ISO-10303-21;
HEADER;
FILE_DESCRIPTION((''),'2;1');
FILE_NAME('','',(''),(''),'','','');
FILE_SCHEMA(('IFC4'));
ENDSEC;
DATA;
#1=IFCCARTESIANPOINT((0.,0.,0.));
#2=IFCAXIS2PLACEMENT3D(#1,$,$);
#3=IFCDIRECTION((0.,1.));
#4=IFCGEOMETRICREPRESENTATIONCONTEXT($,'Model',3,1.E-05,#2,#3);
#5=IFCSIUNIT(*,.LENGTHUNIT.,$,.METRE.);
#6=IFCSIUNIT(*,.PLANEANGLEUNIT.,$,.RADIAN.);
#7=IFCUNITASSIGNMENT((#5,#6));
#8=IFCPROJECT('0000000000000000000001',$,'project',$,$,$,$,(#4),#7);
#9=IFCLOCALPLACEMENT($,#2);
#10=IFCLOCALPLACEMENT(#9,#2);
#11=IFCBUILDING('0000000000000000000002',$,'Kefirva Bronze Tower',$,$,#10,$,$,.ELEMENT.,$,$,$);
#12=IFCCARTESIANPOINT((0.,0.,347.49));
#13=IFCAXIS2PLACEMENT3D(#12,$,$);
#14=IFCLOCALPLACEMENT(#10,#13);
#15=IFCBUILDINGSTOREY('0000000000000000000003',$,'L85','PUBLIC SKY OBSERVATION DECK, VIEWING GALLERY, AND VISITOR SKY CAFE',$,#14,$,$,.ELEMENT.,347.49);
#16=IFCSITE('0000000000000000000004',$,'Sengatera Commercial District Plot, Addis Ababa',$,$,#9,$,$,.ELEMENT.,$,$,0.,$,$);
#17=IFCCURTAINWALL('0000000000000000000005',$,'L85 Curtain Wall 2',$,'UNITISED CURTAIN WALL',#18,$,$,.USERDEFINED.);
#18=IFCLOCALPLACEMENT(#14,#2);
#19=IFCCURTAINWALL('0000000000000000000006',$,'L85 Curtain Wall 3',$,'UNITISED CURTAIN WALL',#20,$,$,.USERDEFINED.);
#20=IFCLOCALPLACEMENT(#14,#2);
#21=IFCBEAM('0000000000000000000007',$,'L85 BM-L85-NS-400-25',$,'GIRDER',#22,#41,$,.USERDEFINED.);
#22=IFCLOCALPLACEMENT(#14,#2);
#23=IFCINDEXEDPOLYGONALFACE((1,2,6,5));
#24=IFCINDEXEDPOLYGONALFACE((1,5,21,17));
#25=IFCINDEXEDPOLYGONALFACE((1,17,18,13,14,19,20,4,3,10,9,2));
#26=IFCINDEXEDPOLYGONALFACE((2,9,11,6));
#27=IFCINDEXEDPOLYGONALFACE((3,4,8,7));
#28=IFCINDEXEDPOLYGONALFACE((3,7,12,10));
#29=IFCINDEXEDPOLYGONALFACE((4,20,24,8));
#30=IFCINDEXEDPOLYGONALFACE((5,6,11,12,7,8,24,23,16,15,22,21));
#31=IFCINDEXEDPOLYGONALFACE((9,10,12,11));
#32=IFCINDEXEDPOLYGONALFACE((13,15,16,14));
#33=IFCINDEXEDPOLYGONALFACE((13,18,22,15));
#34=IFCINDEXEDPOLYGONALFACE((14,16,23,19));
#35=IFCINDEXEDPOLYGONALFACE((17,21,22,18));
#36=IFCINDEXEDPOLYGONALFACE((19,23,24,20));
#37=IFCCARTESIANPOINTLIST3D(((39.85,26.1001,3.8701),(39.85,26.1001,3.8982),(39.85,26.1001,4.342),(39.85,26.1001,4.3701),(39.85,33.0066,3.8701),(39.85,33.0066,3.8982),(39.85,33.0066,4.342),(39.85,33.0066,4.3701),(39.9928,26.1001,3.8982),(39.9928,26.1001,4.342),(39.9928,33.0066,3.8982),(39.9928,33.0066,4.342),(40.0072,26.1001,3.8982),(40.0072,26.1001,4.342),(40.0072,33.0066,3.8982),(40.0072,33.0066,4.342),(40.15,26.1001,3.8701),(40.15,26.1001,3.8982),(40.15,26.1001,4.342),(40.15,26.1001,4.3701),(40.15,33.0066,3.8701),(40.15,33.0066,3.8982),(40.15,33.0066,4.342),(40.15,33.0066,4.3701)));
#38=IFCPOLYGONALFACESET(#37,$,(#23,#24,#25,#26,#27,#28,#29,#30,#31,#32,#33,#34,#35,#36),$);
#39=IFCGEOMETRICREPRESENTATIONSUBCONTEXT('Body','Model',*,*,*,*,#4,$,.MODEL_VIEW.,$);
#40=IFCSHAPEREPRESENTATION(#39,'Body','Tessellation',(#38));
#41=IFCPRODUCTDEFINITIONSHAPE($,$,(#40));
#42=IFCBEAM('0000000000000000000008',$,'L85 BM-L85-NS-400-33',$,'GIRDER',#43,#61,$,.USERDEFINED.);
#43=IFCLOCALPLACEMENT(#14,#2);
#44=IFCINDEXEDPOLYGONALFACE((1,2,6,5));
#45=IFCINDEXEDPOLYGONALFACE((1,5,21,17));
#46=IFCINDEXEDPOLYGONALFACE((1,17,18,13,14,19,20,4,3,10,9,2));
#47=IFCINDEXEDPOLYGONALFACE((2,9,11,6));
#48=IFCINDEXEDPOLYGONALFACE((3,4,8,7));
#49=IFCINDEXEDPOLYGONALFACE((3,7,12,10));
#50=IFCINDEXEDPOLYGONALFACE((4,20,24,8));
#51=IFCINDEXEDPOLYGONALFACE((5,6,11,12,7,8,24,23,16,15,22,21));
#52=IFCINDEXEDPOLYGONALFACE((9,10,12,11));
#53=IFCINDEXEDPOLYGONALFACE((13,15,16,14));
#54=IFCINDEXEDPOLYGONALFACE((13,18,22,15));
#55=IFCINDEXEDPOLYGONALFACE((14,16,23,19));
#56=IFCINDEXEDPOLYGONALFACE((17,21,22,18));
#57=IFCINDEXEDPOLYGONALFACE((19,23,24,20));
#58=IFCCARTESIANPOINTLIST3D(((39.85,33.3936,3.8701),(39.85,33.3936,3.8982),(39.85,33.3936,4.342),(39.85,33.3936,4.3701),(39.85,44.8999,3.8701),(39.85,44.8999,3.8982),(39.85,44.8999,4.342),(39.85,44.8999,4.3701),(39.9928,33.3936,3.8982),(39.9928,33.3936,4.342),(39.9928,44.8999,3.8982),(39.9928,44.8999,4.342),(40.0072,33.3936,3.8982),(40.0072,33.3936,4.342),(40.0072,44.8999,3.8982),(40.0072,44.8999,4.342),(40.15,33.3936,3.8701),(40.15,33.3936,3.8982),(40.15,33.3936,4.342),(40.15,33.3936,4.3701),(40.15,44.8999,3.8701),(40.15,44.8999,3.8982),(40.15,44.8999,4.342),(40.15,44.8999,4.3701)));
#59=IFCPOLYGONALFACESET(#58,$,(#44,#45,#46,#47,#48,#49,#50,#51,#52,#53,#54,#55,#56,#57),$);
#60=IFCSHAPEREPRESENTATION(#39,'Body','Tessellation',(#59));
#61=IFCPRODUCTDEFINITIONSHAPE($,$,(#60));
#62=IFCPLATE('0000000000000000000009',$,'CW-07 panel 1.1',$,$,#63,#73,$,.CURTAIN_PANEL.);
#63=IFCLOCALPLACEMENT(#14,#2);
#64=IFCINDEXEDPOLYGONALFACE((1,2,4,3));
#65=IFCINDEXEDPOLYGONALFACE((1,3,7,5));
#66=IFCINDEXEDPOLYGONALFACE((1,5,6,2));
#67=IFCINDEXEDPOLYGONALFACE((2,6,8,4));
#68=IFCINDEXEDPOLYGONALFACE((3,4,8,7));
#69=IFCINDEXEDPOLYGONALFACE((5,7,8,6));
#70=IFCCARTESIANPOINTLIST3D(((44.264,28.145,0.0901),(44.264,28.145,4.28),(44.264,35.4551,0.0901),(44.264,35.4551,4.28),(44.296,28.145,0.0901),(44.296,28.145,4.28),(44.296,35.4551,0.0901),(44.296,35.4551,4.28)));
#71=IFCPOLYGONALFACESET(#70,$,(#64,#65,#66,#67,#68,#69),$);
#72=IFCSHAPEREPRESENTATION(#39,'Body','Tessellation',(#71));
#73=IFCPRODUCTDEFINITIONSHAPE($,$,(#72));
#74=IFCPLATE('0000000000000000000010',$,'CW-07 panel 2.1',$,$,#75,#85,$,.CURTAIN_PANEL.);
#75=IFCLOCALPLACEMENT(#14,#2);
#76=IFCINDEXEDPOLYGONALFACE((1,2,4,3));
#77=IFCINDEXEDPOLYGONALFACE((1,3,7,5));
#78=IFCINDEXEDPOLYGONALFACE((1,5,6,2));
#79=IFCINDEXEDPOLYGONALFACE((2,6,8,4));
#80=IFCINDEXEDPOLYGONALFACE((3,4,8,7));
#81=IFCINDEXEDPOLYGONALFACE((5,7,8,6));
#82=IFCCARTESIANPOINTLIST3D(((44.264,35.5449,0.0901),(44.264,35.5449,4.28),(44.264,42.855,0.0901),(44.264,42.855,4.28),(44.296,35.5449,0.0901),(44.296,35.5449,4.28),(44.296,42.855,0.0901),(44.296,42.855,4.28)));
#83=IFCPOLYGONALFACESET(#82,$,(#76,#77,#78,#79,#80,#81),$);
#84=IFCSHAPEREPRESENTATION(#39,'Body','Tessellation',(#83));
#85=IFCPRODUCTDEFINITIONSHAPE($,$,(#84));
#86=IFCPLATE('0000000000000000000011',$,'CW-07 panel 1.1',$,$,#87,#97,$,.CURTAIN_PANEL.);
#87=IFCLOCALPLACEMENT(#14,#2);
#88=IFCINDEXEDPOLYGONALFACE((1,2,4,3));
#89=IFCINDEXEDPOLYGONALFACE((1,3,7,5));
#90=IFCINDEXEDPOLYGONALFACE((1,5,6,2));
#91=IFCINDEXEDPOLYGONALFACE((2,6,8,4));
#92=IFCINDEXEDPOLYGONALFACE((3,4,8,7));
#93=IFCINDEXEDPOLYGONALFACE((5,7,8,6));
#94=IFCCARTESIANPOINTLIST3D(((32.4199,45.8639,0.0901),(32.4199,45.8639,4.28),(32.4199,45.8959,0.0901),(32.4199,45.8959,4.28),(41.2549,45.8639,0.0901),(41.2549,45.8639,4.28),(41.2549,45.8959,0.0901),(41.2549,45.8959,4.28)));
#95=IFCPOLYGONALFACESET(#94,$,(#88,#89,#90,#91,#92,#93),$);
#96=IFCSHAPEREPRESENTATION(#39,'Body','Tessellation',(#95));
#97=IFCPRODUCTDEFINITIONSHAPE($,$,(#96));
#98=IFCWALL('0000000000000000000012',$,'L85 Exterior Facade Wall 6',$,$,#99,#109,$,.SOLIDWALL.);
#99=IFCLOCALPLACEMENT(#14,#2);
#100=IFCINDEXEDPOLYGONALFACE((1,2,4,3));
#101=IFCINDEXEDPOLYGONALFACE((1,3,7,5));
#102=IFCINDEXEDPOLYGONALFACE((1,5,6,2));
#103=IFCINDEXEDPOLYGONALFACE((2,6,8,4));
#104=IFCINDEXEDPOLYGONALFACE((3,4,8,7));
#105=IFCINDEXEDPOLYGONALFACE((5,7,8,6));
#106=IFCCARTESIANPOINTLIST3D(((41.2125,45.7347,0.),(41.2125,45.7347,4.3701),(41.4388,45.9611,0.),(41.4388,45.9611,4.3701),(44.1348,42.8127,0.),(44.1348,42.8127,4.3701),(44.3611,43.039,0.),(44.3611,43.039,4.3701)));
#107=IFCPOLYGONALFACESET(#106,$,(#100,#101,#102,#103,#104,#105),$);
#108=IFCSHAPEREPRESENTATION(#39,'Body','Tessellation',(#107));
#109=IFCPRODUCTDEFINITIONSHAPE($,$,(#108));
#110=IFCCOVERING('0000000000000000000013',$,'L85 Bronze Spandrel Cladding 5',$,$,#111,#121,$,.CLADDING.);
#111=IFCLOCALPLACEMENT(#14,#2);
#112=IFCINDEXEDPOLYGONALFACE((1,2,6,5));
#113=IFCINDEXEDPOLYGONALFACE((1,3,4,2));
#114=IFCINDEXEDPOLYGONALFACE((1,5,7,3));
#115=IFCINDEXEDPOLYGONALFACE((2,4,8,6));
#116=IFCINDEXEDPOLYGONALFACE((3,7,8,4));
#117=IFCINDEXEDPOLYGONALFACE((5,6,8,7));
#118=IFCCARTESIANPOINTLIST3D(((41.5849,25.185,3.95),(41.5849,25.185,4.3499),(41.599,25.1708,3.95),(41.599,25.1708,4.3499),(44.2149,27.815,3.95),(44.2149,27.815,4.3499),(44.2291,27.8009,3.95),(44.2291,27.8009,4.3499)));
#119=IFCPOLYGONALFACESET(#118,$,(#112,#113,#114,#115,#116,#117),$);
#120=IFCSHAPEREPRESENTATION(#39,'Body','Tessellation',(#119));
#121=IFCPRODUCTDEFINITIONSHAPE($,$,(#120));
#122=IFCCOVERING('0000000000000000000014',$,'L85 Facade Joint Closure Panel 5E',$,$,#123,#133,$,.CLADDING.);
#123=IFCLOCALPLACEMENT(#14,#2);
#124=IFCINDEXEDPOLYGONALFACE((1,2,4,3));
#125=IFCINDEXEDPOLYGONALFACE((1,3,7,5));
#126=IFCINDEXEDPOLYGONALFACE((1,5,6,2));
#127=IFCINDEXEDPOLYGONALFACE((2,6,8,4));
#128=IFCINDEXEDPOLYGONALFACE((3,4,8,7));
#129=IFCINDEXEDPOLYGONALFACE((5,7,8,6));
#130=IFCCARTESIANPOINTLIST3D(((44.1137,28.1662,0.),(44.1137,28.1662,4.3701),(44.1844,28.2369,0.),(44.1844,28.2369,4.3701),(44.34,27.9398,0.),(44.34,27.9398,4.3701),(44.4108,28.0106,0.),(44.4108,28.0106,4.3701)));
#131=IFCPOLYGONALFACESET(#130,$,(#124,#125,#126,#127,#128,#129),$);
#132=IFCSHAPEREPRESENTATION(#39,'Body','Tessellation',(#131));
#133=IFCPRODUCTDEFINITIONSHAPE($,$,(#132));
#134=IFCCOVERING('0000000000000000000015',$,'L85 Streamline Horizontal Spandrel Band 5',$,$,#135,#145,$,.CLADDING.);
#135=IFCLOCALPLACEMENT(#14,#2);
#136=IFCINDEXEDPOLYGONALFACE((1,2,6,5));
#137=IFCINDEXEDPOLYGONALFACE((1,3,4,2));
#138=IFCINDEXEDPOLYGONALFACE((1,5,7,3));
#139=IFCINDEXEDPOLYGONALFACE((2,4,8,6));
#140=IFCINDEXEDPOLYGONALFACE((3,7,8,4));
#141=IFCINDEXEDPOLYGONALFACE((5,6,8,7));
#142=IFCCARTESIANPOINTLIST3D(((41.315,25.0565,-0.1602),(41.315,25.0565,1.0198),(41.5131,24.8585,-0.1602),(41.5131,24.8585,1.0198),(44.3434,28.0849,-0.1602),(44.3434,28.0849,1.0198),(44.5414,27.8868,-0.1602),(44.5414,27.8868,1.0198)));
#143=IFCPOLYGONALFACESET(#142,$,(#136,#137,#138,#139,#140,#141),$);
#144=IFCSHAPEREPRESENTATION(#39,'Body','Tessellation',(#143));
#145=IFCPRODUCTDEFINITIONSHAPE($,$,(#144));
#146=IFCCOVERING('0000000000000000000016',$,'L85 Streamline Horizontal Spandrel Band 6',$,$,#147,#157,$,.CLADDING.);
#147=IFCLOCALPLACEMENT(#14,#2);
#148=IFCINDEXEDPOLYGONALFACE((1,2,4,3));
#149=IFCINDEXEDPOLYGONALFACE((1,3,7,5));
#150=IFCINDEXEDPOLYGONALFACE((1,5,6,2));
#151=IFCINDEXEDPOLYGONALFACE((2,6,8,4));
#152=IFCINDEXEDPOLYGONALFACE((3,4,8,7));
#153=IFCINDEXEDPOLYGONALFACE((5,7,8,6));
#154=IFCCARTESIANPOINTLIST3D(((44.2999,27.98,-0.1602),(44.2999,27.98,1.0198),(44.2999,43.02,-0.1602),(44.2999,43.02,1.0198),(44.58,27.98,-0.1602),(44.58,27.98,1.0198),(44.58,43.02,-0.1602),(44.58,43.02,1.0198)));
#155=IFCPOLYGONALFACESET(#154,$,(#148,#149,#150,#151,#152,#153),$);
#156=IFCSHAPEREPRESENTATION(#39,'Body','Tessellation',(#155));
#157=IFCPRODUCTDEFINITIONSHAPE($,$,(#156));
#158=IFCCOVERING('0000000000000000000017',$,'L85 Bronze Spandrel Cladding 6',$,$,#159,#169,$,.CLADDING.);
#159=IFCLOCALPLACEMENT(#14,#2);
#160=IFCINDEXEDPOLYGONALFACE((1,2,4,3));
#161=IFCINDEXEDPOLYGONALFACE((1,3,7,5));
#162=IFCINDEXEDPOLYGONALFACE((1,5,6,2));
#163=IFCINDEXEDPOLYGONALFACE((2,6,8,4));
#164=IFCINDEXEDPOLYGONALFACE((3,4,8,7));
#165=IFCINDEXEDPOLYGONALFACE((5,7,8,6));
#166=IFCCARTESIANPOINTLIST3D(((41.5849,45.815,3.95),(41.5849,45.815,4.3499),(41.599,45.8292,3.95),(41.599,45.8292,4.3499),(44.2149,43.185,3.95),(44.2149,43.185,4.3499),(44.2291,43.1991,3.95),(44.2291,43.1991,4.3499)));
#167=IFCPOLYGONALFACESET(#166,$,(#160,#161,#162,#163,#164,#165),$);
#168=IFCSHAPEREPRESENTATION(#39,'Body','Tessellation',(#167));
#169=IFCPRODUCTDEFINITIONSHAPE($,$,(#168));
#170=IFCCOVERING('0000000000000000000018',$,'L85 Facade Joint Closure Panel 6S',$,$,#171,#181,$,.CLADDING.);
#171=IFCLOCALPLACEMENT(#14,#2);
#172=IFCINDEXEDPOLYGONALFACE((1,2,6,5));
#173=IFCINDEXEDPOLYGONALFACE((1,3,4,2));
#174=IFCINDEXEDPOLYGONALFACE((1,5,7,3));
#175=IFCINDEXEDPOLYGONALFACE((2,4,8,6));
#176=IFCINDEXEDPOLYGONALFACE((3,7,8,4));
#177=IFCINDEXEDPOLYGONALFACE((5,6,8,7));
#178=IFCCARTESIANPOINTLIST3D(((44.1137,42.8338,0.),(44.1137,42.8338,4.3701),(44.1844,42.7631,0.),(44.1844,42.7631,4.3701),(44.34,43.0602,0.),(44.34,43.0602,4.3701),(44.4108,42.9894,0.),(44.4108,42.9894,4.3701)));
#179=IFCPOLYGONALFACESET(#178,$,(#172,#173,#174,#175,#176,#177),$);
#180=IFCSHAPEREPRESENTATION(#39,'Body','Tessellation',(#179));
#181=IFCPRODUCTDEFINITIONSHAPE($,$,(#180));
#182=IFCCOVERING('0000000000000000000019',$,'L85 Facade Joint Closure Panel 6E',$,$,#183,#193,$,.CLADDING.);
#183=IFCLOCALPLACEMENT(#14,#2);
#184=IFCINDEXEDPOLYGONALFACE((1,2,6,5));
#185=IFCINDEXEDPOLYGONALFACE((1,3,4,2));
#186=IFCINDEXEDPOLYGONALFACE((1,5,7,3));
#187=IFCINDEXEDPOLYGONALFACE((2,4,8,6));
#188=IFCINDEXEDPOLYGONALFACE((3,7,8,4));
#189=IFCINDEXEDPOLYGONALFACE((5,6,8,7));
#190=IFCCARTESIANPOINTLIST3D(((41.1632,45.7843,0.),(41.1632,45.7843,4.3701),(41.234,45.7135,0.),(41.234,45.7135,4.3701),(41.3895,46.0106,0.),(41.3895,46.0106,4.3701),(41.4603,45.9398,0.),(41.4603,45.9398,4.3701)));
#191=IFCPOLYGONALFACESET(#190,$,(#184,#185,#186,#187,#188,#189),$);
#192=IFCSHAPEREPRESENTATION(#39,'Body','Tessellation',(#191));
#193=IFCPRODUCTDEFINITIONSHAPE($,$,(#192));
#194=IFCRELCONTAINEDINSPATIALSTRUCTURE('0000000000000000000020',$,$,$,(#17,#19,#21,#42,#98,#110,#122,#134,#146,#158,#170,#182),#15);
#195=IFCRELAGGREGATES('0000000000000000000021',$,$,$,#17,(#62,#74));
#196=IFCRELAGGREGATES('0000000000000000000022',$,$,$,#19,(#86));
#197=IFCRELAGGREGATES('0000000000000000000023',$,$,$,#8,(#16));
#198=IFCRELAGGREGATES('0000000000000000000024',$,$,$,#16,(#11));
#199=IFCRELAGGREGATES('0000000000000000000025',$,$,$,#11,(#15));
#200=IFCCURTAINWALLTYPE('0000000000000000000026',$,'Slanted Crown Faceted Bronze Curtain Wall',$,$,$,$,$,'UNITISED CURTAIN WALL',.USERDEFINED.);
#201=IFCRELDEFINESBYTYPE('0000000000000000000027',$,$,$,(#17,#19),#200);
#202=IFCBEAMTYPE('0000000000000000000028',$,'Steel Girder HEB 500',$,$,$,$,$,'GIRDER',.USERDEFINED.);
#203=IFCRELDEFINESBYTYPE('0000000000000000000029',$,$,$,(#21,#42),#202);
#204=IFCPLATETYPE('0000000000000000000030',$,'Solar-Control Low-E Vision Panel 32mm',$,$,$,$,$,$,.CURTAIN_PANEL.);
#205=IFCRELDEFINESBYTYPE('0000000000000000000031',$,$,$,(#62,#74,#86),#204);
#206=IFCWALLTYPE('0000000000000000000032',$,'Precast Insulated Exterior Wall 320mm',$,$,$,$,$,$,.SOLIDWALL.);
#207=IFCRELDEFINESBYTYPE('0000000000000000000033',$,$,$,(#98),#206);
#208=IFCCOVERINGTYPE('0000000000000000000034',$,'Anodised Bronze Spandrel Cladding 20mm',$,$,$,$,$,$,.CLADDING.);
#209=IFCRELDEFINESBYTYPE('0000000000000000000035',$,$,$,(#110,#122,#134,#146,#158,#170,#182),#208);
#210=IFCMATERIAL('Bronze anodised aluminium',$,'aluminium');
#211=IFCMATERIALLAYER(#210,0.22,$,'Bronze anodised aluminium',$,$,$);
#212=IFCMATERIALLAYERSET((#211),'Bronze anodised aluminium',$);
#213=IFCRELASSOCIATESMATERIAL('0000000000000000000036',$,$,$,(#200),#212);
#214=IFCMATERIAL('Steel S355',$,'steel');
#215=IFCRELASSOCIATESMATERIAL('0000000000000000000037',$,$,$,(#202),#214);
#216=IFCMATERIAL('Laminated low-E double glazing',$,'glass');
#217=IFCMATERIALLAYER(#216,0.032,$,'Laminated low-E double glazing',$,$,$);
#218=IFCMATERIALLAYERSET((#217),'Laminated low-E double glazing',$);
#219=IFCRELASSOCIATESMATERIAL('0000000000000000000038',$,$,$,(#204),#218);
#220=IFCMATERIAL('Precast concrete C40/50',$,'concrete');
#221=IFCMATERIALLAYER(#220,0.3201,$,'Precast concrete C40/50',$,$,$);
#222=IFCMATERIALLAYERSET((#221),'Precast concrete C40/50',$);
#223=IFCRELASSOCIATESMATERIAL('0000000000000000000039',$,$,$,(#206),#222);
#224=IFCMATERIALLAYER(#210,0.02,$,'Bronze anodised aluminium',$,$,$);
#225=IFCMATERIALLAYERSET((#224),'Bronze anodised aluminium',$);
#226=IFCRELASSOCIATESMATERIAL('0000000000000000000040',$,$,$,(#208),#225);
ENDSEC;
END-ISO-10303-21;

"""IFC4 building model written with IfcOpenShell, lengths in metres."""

from ifc_helpers import new_model, si_unit, direction, frame, frame_2d, origin, origin_2d, place, context, subcontext, project, spatial, rectangle, i_section, extrude, material, layer, layer_set, material_profile, profile_set, type_object, element, aggregate, save


model = new_model("IFC4")

# Units and contexts
model_context = context("Model", 3, precision=1e-05, world=origin(), true_north=direction((0.0, 1.0)))
body_context = subcontext(model_context, "Body", "Model", "MODEL_VIEW")
ifc_project = project(units=[si_unit("LENGTHUNIT", "METRE"), si_unit("PLANEANGLEUNIT", "RADIAN")], contexts=[model_context])

# Site, building, storey
site_placement = place(None, origin())
site = spatial("IfcSite", under=ifc_project, at=site_placement, Name="Sengatera Commercial District Plot, Addis Ababa", CompositionType="ELEMENT", RefElevation=0.0)
building_placement = place(site_placement, origin())
building = spatial("IfcBuilding", under=site, at=building_placement, Name="Kefirva Bronze Tower", CompositionType="ELEMENT")
storey_placement = place(building_placement, frame((0.0, 0.0, 347.49)))
storey = spatial("IfcBuildingStorey", under=building, at=storey_placement, Name="L85", Description="PUBLIC SKY OBSERVATION DECK, VIEWING GALLERY, AND VISITOR SKY CAFE", CompositionType="ELEMENT", Elevation=347.49)

# Curtain wall
ifc_material_1 = material(Name="Bronze anodised aluminium", Category="aluminium")
ifc_layer_1 = layer(ifc_material_1, 0.22, Name="Bronze anodised aluminium")
ifc_layer_set_1 = layer_set([ifc_layer_1], Name="Bronze anodised aluminium")
curtain_wall_type = type_object("IfcCurtainWallType", Name="Slanted Crown Faceted Bronze Curtain Wall", ElementType="UNITISED CURTAIN WALL", PredefinedType="USERDEFINED", material=ifc_layer_set_1)
curtain_wall_1_placement = place(storey_placement, origin())
curtain_wall_1 = element("IfcCurtainWall", 1, at=curtain_wall_1_placement, inside=storey, type_object=curtain_wall_type, Name="L85 Curtain Wall 2", ObjectType="UNITISED CURTAIN WALL", PredefinedType="USERDEFINED")

# Curtain wall
curtain_wall_2_placement = place(storey_placement, origin())
curtain_wall_2 = element("IfcCurtainWall", 2, at=curtain_wall_2_placement, inside=storey, type_object=curtain_wall_type, Name="L85 Curtain Wall 3", ObjectType="UNITISED CURTAIN WALL", PredefinedType="USERDEFINED")

# Beams
ifc_material_2 = material(Name="Steel S355", Category="steel")
ifc_material_profile_1 = material_profile(ifc_material_2, i_section(OverallWidth=0.3, OverallDepth=0.5, WebThickness=0.0144, FlangeThickness=0.0281, at=origin_2d()), Name="HEB 500")
ifc_profile_set_1 = profile_set([ifc_material_profile_1], Name="Steel S355")
beam_type = type_object("IfcBeamType", Name="Steel Girder HEB 500", ElementType="GIRDER", PredefinedType="USERDEFINED", material=ifc_profile_set_1)
beam_1_placement = place(storey_placement, frame((40.0, 26.1001, 4.1201), z_axis=(0.0, 1.0, 0.0), x_axis=(-1.0, 0.0, 0.0)))
element("IfcBeam", 3, at=beam_1_placement, inside=storey, type_object=beam_type, Name="L85 BM-L85-NS-400-25", ObjectType="GIRDER", PredefinedType="USERDEFINED", context=body_context, shape_type="SweptSolid", body=[
    extrude(i_section(OverallWidth=0.3, OverallDepth=0.5, WebThickness=0.0144, FlangeThickness=0.0281, at=origin_2d()), origin(), (0.0, 0.0, 1.0), 6.9065),
])
beam_2_placement = place(storey_placement, frame((40.0, 33.3936, 4.1201), z_axis=(0.0, 1.0, 0.0), x_axis=(-1.0, 0.0, 0.0)))
element("IfcBeam", 4, at=beam_2_placement, inside=storey, type_object=beam_type, Name="L85 BM-L85-NS-400-33", ObjectType="GIRDER", PredefinedType="USERDEFINED", context=body_context, shape_type="SweptSolid", body=[
    extrude(i_section(OverallWidth=0.3, OverallDepth=0.5, WebThickness=0.0144, FlangeThickness=0.0281, at=origin_2d()), origin(), (0.0, 0.0, 1.0), 11.5063),
])

# Plates
ifc_material_3 = material(Name="Laminated low-E double glazing", Category="glass")
ifc_layer_2 = layer(ifc_material_3, 0.032, Name="Laminated low-E double glazing")
ifc_layer_set_2 = layer_set([ifc_layer_2], Name="Laminated low-E double glazing")
plate_type = type_object("IfcPlateType", Name="Solar-Control Low-E Vision Panel 32mm", PredefinedType="CURTAIN_PANEL", material=ifc_layer_set_2)
plate_1_placement = place(storey_placement, frame((44.28, 31.8, 0.0901), z_axis=(0.0, 0.0, 1.0), x_axis=(0.0, 1.0, 0.0)))
plate_1 = element("IfcPlate", 5, at=plate_1_placement, type_object=plate_type, Name="CW-07 panel 1.1", PredefinedType="CURTAIN_PANEL", context=body_context, shape_type="SweptSolid", body=[
    extrude(rectangle(XDim=7.3101, YDim=0.032, at=origin_2d()), origin(), (0.0, 0.0, 1.0), 4.1899),
])
plate_2_placement = place(storey_placement, frame((44.28, 39.2, 0.0901), z_axis=(0.0, 0.0, 1.0), x_axis=(0.0, 1.0, 0.0)))
plate_2 = element("IfcPlate", 6, at=plate_2_placement, type_object=plate_type, Name="CW-07 panel 2.1", PredefinedType="CURTAIN_PANEL", context=body_context, shape_type="SweptSolid", body=[
    extrude(rectangle(XDim=7.3101, YDim=0.032, at=origin_2d()), origin(), (0.0, 0.0, 1.0), 4.1899),
])
aggregate(curtain_wall_1, [plate_1, plate_2])
plate_3_placement = place(storey_placement, frame((36.8374, 45.8799, 0.0901), z_axis=(0.0, 0.0, 1.0), x_axis=(-1.0, 0.0, 0.0)))
plate_3 = element("IfcPlate", 7, at=plate_3_placement, type_object=plate_type, Name="CW-07 panel 1.1", PredefinedType="CURTAIN_PANEL", context=body_context, shape_type="SweptSolid", body=[
    extrude(rectangle(XDim=8.835, YDim=0.032, at=origin_2d()), origin(), (0.0, 0.0, 1.0), 4.1899),
])
aggregate(curtain_wall_2, [plate_3])

# Wall
ifc_material_4 = material(Name="Precast concrete C40/50", Category="concrete")
ifc_layer_3 = layer(ifc_material_4, 0.3201, Name="Precast concrete C40/50")
ifc_layer_set_3 = layer_set([ifc_layer_3], Name="Precast concrete C40/50")
wall_type = type_object("IfcWallType", Name="Precast Insulated Exterior Wall 320mm", PredefinedType="SOLIDWALL", material=ifc_layer_set_3)
wall_placement = place(storey_placement, frame((44.248, 42.9258, 0.0), z_axis=(0.0, 0.0, 1.0), x_axis=(-0.707136, 0.707077, 0.0)))
element("IfcWall", 8, at=wall_placement, inside=storey, type_object=wall_type, Name="L85 Exterior Facade Wall 6", PredefinedType="SOLIDWALL", context=body_context, shape_type="SweptSolid", body=[
    extrude(rectangle(XDim=4.1326, YDim=0.3201, at=frame_2d((2.0664, 0.0))), origin(), (0.0, 0.0, 1.0), 4.3701),
])

# Coverings
ifc_layer_4 = layer(ifc_material_1, 0.02, Name="Bronze anodised aluminium")
ifc_layer_set_4 = layer_set([ifc_layer_4], Name="Bronze anodised aluminium")
covering_type_1 = type_object("IfcCoveringType", Name="Anodised Bronze Spandrel Cladding 20mm", PredefinedType="CLADDING", material=ifc_layer_set_4)
covering_1_placement = place(storey_placement, frame((42.907, 26.4929, 3.95), z_axis=(0.0, 0.0, 1.0), x_axis=(0.707107, 0.707107, 0.0)))
element("IfcCovering", 9, at=covering_1_placement, inside=storey, type_object=covering_type_1, Name="L85 Bronze Spandrel Cladding 5", PredefinedType="CLADDING", context=body_context, shape_type="SweptSolid", body=[
    extrude(rectangle(XDim=3.7195, YDim=0.02, at=origin_2d()), origin(), (0.0, 0.0, 1.0), 0.3999),
])
covering_2_placement = place(storey_placement, frame((44.2622, 28.0884, 0.0), z_axis=(0.0, 0.0, 1.0), x_axis=(0.707107, 0.707107, 0.0)))
element("IfcCovering", 10, at=covering_2_placement, inside=storey, type_object=covering_type_1, Name="L85 Facade Joint Closure Panel 5E", PredefinedType="CLADDING", context=body_context, shape_type="SweptSolid", body=[
    extrude(rectangle(XDim=0.1001, YDim=0.3201, at=origin_2d()), origin(), (0.0, 0.0, 1.0), 4.3701),
])
covering_3_placement = place(storey_placement, frame((42.9282, 26.4717, -0.1602), z_axis=(0.0, 0.0, 1.0), x_axis=(0.707107, 0.707107, 0.0)))
element("IfcCovering", 11, at=covering_3_placement, inside=storey, type_object=covering_type_1, Name="L85 Streamline Horizontal Spandrel Band 5", PredefinedType="CLADDING", context=body_context, shape_type="SweptSolid", body=[
    extrude(rectangle(XDim=4.2827, YDim=0.28, at=origin_2d()), origin(), (0.0, 0.0, 1.0), 1.1799),
])
covering_4_placement = place(storey_placement, frame((44.4399, 35.5, -0.1602), z_axis=(0.0, 0.0, 1.0), x_axis=(0.0, 1.0, 0.0)))
element("IfcCovering", 12, at=covering_4_placement, inside=storey, type_object=covering_type_1, Name="L85 Streamline Horizontal Spandrel Band 6", PredefinedType="CLADDING", context=body_context, shape_type="SweptSolid", body=[
    extrude(rectangle(XDim=15.04, YDim=0.28, at=origin_2d()), origin(), (0.0, 0.0, 1.0), 1.1799),
])
covering_5_placement = place(storey_placement, frame((42.907, 44.5071, 3.95), z_axis=(0.0, 0.0, 1.0), x_axis=(-0.707107, 0.707107, 0.0)))
element("IfcCovering", 13, at=covering_5_placement, inside=storey, type_object=covering_type_1, Name="L85 Bronze Spandrel Cladding 6", PredefinedType="CLADDING", context=body_context, shape_type="SweptSolid", body=[
    extrude(rectangle(XDim=3.7195, YDim=0.02, at=origin_2d()), origin(), (0.0, 0.0, 1.0), 0.3999),
])
for number, where, z_axis, x_axis, name in (
    (14, (44.2622, 42.9116, 0.0), (0.0, 0.0, 1.0), (-0.707107, 0.707107, 0.0), "L85 Facade Joint Closure Panel 6S"),
    (15, (41.3118, 45.8621, 0.0), (0.0, 0.0, 1.0), (-0.707107, 0.707107, 0.0), "L85 Facade Joint Closure Panel 6E"),
):
    element("IfcCovering", number, at=place(storey_placement, frame(where, z_axis=z_axis, x_axis=x_axis)), inside=storey, type_object=covering_type_1, Name=name, PredefinedType="CLADDING", context=body_context, shape_type="SweptSolid", body=[
        extrude(rectangle(XDim=0.1001, YDim=0.3201, at=origin_2d()), origin(), (0.0, 0.0, 1.0), 4.3701),
    ])

save(model, "model.ifc")
